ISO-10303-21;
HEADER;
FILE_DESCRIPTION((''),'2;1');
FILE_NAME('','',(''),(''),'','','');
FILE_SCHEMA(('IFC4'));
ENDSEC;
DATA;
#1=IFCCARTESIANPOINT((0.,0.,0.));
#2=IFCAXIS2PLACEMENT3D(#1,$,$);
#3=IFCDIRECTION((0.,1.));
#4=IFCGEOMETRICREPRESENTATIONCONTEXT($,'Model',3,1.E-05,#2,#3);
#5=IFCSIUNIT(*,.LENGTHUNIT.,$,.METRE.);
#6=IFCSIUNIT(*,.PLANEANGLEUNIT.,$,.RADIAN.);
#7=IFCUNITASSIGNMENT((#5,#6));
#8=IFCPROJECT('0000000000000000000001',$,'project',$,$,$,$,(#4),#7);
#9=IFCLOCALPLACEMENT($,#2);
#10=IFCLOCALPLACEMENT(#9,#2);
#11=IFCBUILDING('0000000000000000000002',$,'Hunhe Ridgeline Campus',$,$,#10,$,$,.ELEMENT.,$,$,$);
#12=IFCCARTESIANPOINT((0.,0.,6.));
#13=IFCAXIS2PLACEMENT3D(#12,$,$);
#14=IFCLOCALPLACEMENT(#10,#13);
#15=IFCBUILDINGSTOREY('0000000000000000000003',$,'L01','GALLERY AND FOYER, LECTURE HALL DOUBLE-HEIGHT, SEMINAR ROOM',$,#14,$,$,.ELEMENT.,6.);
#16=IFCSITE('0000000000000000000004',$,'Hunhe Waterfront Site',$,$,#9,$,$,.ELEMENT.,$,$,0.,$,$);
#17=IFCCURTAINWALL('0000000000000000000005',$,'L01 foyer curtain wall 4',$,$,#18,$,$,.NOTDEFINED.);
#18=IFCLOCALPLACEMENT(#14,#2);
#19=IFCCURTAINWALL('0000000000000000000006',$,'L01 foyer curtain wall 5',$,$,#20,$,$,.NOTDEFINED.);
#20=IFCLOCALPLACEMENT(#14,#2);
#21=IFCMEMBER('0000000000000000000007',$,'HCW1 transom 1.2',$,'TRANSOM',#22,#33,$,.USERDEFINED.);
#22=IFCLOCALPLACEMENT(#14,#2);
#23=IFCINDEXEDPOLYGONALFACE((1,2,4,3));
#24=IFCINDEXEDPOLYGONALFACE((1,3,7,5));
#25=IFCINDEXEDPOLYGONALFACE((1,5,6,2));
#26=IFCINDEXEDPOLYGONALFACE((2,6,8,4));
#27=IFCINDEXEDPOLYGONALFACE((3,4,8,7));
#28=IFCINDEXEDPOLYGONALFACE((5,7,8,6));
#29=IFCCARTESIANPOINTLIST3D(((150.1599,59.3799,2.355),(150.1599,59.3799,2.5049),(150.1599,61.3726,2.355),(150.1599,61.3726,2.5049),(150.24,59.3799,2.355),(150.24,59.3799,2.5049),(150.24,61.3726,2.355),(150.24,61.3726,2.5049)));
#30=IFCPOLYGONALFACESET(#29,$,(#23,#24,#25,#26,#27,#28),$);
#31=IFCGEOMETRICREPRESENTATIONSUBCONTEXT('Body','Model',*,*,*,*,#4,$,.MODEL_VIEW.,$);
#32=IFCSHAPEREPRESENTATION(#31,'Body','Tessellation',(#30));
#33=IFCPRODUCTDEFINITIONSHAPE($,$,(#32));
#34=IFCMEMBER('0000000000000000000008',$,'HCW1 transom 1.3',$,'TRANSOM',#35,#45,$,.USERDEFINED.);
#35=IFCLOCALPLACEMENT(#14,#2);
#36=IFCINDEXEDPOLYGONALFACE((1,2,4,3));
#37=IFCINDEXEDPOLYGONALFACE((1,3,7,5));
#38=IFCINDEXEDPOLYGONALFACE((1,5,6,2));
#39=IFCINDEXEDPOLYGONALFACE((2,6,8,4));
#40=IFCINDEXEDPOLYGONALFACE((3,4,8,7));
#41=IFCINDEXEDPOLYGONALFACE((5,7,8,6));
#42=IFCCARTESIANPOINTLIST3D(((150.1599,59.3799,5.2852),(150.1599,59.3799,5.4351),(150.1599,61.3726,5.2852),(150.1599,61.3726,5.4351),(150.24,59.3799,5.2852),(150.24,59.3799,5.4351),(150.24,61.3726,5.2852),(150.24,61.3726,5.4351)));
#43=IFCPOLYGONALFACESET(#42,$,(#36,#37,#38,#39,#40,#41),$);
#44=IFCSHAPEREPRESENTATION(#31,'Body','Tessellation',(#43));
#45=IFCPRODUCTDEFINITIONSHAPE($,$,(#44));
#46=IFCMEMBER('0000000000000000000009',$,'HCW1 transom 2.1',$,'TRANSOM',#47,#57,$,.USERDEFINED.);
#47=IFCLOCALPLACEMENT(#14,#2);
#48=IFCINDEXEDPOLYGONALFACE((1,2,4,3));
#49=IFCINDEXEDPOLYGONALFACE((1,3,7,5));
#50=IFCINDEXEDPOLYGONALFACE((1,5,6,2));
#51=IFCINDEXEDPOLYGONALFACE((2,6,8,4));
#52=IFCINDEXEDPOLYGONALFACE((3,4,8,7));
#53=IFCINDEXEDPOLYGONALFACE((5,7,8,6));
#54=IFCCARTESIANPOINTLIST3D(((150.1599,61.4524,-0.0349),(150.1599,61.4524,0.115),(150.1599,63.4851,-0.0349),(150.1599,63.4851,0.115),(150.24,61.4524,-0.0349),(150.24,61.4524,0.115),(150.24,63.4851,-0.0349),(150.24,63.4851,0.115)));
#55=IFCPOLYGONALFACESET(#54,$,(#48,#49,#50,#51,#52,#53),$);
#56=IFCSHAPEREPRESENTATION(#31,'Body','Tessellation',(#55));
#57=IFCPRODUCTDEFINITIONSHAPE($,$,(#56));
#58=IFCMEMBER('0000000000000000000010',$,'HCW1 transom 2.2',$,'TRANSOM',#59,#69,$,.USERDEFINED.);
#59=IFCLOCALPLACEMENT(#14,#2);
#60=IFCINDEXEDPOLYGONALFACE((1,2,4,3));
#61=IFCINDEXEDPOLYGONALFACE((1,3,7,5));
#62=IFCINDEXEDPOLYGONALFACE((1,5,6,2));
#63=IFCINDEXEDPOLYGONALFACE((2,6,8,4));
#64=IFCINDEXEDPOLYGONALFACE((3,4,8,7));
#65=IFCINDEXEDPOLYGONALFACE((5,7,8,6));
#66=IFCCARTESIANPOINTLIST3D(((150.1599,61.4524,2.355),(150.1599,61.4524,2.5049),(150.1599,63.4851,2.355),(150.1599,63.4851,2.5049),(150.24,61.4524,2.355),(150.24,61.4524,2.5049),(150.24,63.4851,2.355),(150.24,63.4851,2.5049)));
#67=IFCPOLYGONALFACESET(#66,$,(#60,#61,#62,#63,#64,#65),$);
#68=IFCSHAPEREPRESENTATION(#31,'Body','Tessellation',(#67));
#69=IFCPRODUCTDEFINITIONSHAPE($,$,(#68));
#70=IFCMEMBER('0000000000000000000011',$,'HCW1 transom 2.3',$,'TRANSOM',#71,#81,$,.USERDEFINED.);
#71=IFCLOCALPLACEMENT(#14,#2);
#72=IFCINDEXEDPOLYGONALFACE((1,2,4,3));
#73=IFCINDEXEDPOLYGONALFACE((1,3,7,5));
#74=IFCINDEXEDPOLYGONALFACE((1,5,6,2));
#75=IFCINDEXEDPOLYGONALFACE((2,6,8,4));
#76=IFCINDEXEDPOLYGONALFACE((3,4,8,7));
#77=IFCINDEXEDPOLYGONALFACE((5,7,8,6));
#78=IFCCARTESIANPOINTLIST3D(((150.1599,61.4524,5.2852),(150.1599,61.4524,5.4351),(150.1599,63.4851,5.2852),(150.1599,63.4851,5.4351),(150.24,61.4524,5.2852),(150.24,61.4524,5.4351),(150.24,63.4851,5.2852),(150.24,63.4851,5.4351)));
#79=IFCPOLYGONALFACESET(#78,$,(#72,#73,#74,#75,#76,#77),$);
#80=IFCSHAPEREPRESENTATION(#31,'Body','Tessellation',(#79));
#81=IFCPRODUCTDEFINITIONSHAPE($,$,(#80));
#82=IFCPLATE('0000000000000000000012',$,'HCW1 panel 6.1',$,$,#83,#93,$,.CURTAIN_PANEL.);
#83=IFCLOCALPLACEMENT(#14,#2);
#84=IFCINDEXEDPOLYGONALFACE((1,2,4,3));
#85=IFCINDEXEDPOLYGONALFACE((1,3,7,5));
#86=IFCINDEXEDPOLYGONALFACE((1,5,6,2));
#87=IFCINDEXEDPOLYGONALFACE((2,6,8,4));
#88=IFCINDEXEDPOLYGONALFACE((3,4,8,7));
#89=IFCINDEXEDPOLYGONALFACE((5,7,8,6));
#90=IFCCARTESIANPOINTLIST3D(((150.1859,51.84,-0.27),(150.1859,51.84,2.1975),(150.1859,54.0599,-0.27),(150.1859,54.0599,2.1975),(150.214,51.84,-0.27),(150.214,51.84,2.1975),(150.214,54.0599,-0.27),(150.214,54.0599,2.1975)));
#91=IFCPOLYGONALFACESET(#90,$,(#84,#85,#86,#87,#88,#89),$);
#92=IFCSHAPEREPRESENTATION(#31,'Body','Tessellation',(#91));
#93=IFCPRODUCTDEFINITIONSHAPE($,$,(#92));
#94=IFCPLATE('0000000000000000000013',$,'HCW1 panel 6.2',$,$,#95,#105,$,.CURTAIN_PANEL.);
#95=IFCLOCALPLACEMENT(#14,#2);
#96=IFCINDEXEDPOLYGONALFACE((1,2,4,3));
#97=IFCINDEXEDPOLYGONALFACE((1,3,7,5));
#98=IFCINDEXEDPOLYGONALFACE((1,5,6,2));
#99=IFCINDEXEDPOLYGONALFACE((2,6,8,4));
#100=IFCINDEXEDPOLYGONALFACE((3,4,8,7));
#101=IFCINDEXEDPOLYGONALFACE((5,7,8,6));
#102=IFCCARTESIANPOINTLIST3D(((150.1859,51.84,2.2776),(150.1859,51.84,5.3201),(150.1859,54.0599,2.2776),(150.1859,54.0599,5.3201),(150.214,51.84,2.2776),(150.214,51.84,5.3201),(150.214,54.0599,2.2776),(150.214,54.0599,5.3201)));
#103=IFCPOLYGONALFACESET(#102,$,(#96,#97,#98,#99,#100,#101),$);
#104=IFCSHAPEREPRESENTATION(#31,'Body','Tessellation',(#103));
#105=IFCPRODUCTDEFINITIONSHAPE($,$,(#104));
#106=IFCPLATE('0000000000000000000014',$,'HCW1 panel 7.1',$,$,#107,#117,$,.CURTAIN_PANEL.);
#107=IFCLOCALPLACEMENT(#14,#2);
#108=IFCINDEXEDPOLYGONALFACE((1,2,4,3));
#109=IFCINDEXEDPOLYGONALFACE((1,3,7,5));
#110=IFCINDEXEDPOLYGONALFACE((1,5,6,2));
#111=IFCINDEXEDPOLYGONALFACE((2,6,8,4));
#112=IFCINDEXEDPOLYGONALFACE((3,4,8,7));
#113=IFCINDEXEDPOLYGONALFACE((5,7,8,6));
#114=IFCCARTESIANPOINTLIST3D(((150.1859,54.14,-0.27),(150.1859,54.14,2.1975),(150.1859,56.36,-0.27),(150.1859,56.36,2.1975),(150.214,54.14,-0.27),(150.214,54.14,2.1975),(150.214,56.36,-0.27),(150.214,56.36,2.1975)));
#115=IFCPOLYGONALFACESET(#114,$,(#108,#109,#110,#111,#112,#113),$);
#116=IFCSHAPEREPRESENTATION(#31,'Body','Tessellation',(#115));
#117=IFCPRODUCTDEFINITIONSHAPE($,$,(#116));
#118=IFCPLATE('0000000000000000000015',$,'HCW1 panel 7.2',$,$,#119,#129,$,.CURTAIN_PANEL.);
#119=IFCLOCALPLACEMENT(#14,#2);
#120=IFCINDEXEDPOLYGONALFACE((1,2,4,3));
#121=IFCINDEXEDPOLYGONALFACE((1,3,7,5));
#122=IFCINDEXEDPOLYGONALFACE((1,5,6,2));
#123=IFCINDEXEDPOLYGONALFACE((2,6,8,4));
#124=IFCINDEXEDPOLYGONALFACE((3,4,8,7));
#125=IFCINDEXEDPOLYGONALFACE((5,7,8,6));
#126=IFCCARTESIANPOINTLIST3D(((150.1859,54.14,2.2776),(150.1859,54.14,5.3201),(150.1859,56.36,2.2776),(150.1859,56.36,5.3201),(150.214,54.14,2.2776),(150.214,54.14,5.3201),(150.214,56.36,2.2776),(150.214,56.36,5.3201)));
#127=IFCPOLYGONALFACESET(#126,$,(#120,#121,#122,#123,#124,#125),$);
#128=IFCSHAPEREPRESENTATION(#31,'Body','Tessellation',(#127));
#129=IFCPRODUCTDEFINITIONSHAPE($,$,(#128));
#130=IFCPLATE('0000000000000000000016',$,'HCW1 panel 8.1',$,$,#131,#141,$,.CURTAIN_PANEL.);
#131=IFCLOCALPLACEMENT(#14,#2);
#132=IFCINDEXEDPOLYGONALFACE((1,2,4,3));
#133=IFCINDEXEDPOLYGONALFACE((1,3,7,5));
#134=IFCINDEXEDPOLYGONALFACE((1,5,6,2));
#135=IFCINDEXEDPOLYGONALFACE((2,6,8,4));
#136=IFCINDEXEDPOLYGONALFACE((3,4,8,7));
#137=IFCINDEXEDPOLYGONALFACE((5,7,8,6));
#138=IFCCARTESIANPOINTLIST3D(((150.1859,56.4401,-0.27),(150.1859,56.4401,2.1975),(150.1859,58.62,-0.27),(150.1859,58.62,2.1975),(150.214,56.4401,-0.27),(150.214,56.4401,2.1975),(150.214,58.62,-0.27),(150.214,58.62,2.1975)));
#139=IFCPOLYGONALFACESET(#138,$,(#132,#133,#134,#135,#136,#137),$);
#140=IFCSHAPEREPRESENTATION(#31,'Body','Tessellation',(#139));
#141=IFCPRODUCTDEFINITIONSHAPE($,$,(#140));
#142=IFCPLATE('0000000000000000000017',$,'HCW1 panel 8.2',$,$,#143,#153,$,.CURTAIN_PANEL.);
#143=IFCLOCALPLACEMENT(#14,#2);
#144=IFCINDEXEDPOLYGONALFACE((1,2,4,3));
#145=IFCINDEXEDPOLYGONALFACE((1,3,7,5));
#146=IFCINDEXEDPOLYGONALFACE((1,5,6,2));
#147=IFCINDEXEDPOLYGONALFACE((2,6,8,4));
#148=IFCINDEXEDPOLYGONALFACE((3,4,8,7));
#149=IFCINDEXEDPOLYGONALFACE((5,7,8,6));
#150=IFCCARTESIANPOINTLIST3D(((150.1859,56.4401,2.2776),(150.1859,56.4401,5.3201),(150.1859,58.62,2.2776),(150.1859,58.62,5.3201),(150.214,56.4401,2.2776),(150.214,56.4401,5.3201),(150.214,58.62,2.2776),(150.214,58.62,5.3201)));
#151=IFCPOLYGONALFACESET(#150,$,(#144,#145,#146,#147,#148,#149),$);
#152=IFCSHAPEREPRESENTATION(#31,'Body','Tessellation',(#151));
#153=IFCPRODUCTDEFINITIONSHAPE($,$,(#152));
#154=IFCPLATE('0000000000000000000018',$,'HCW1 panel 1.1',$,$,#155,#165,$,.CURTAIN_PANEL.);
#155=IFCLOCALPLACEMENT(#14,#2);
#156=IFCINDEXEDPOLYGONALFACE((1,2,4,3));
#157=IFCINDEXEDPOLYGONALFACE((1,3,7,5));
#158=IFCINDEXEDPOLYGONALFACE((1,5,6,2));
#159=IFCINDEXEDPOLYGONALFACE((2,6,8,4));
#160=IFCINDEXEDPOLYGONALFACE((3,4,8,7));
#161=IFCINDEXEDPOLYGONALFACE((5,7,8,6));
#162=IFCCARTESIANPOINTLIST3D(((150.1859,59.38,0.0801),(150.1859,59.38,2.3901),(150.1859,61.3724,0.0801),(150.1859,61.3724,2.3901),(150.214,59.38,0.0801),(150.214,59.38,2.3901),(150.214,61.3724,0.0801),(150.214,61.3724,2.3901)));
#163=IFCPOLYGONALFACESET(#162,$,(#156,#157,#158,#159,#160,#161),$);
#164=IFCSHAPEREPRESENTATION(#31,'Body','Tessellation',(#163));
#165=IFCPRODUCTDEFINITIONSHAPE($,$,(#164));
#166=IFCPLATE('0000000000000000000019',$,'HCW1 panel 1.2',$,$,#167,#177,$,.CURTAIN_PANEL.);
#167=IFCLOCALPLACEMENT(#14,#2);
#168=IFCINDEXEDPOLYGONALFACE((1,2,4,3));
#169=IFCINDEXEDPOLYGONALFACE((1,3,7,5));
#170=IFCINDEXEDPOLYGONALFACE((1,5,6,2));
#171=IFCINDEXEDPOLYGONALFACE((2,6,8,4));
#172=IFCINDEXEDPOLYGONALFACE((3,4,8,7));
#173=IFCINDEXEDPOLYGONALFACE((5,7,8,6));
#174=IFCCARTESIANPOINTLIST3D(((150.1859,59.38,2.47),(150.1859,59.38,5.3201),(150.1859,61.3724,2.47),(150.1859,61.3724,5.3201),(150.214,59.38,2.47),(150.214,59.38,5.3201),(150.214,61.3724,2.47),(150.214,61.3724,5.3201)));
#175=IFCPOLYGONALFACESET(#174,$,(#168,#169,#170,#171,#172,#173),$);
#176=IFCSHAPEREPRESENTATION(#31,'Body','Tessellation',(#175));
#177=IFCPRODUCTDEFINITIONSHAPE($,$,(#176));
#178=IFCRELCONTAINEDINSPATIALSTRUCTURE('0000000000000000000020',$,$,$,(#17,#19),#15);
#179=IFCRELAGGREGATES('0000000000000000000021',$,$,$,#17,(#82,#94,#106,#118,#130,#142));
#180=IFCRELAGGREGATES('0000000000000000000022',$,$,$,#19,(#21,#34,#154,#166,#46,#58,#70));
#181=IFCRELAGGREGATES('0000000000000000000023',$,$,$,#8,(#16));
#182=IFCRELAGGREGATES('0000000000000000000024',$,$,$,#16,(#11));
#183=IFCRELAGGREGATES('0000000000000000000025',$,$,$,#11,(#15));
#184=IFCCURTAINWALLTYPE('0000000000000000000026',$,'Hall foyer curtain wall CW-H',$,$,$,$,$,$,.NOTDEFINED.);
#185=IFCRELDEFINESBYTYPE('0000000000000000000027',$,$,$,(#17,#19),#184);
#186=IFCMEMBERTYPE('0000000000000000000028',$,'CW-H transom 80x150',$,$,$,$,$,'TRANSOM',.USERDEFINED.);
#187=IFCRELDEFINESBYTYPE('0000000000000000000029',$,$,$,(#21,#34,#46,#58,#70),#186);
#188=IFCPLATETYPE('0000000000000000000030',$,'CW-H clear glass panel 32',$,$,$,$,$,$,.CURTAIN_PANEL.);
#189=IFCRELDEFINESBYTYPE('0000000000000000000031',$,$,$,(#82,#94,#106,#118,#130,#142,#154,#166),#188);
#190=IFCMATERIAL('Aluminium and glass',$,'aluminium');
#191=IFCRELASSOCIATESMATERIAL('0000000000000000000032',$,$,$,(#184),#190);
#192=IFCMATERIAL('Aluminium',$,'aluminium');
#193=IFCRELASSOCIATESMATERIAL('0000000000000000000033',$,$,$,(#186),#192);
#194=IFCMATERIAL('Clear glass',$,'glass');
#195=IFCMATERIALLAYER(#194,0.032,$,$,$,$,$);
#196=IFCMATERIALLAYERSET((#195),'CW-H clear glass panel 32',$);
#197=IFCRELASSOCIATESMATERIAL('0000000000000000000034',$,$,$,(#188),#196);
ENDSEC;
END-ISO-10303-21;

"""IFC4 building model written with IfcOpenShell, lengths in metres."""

from ifc_helpers import new_model, si_unit, direction, frame, origin, origin_2d, place, context, subcontext, project, spatial, rectangle, extrude, material, layer, layer_set, material_profile, profile_set, type_object, element, aggregate, save


model = new_model("IFC4")

# Units and contexts
model_context = context("Model", 3, precision=1e-05, world=origin(), true_north=direction((0.0, 1.0)))
body_context = subcontext(model_context, "Body", "Model", "MODEL_VIEW")
ifc_project = project(units=[si_unit("LENGTHUNIT", "METRE"), si_unit("PLANEANGLEUNIT", "RADIAN")], contexts=[model_context])

# Site, building, storey
site_placement = place(None, origin())
site = spatial("IfcSite", under=ifc_project, at=site_placement, Name="Hunhe Waterfront Site", CompositionType="ELEMENT", RefElevation=0.0)
building_placement = place(site_placement, origin())
building = spatial("IfcBuilding", under=site, at=building_placement, Name="Hunhe Ridgeline Campus", CompositionType="ELEMENT")
storey_placement = place(building_placement, frame((0.0, 0.0, 6.0)))
storey = spatial("IfcBuildingStorey", under=building, at=storey_placement, Name="L01", Description="GALLERY AND FOYER, LECTURE HALL DOUBLE-HEIGHT, SEMINAR ROOM", CompositionType="ELEMENT", Elevation=6.0)

# Curtain walls
ifc_material_1 = material(Name="Aluminium and glass", Category="aluminium")
curtain_wall_type = type_object("IfcCurtainWallType", Name="Hall foyer curtain wall CW-H", PredefinedType="NOTDEFINED", material=ifc_material_1)
curtain_wall_1_placement = place(storey_placement, origin())
curtain_wall_1 = element("IfcCurtainWall", 1, at=curtain_wall_1_placement, inside=storey, type_object=curtain_wall_type, Name="L01 foyer curtain wall 4", PredefinedType="NOTDEFINED")
ifc_material_2 = material(Name="Aluminium", Category="aluminium")
curtain_wall_2_placement = place(storey_placement, origin())
curtain_wall_2 = element("IfcCurtainWall", 2, at=curtain_wall_2_placement, inside=storey, type_object=curtain_wall_type, Name="L01 foyer curtain wall 5", PredefinedType="NOTDEFINED")

# Members
ifc_material_profile_1 = material_profile(ifc_material_2, rectangle(XDim=0.0801, YDim=0.1499, at=origin_2d()))
ifc_profile_set_1 = profile_set([ifc_material_profile_1], Name="Aluminium")
member_type_1 = type_object("IfcMemberType", Name="CW-H transom 80x150", ElementType="TRANSOM", PredefinedType="USERDEFINED", material=ifc_profile_set_1)
member_1_placement = place(storey_placement, frame((150.2, 59.3799, 2.4299), z_axis=(0.0, 1.0, 0.0), x_axis=(-1.0, 0.0, 0.0)))
member_1 = element("IfcMember", 3, at=member_1_placement, type_object=member_type_1, Name="HCW1 transom 1.2", ObjectType="TRANSOM", PredefinedType="USERDEFINED", context=body_context, shape_type="SweptSolid", body=[
    extrude(rectangle(XDim=0.0801, YDim=0.1499, at=origin_2d()), origin(), (0.0, 0.0, 1.0), 1.9927),
])
member_2_placement = place(storey_placement, frame((150.2, 59.3799, 5.3601), z_axis=(0.0, 1.0, 0.0), x_axis=(-1.0, 0.0, 0.0)))
member_2 = element("IfcMember", 4, at=member_2_placement, type_object=member_type_1, Name="HCW1 transom 1.3", ObjectType="TRANSOM", PredefinedType="USERDEFINED", context=body_context, shape_type="SweptSolid", body=[
    extrude(rectangle(XDim=0.0801, YDim=0.1499, at=origin_2d()), origin(), (0.0, 0.0, 1.0), 1.9927),
])
member_3_placement = place(storey_placement, frame((150.2, 61.4524, 0.04), z_axis=(0.0, 1.0, 0.0), x_axis=(-1.0, 0.0, 0.0)))
member_3 = element("IfcMember", 5, at=member_3_placement, type_object=member_type_1, Name="HCW1 transom 2.1", ObjectType="TRANSOM", PredefinedType="USERDEFINED", context=body_context, shape_type="SweptSolid", body=[
    extrude(rectangle(XDim=0.0801, YDim=0.1499, at=origin_2d()), origin(), (0.0, 0.0, 1.0), 2.0327),
])
member_4_placement = place(storey_placement, frame((150.2, 61.4524, 2.4299), z_axis=(0.0, 1.0, 0.0), x_axis=(-1.0, 0.0, 0.0)))
member_4 = element("IfcMember", 6, at=member_4_placement, type_object=member_type_1, Name="HCW1 transom 2.2", ObjectType="TRANSOM", PredefinedType="USERDEFINED", context=body_context, shape_type="SweptSolid", body=[
    extrude(rectangle(XDim=0.0801, YDim=0.1499, at=origin_2d()), origin(), (0.0, 0.0, 1.0), 2.0327),
])
member_5_placement = place(storey_placement, frame((150.2, 61.4524, 5.3601), z_axis=(0.0, 1.0, 0.0), x_axis=(-1.0, 0.0, 0.0)))
member_5 = element("IfcMember", 7, at=member_5_placement, type_object=member_type_1, Name="HCW1 transom 2.3", ObjectType="TRANSOM", PredefinedType="USERDEFINED", context=body_context, shape_type="SweptSolid", body=[
    extrude(rectangle(XDim=0.0801, YDim=0.1499, at=origin_2d()), origin(), (0.0, 0.0, 1.0), 2.0327),
])

# Plates
ifc_material_3 = material(Name="Clear glass", Category="glass")
ifc_layer = layer(ifc_material_3, 0.032)
ifc_layer_set = layer_set([ifc_layer], Name="CW-H clear glass panel 32")
plate_type = type_object("IfcPlateType", Name="CW-H clear glass panel 32", PredefinedType="CURTAIN_PANEL", material=ifc_layer_set)
plate_1_placement = place(storey_placement, frame((150.2, 52.95, -0.27), z_axis=(0.0, 0.0, 1.0), x_axis=(0.0, 1.0, 0.0)))
plate_1 = element("IfcPlate", 8, at=plate_1_placement, type_object=plate_type, Name="HCW1 panel 6.1", PredefinedType="CURTAIN_PANEL", context=body_context, shape_type="SweptSolid", body=[
    extrude(rectangle(XDim=2.22, YDim=0.0281, at=origin_2d()), origin(), (0.0, 0.0, 1.0), 2.4675),
])
plate_2_placement = place(storey_placement, frame((150.2, 52.95, 2.2776), z_axis=(0.0, 0.0, 1.0), x_axis=(0.0, 1.0, 0.0)))
plate_2 = element("IfcPlate", 9, at=plate_2_placement, type_object=plate_type, Name="HCW1 panel 6.2", PredefinedType="CURTAIN_PANEL", context=body_context, shape_type="SweptSolid", body=[
    extrude(rectangle(XDim=2.22, YDim=0.0281, at=origin_2d()), origin(), (0.0, 0.0, 1.0), 3.0425),
])
plate_3_placement = place(storey_placement, frame((150.2, 55.25, -0.27), z_axis=(0.0, 0.0, 1.0), x_axis=(0.0, 1.0, 0.0)))
plate_3 = element("IfcPlate", 10, at=plate_3_placement, type_object=plate_type, Name="HCW1 panel 7.1", PredefinedType="CURTAIN_PANEL", context=body_context, shape_type="SweptSolid", body=[
    extrude(rectangle(XDim=2.22, YDim=0.0281, at=origin_2d()), origin(), (0.0, 0.0, 1.0), 2.4675),
])
plate_4_placement = place(storey_placement, frame((150.2, 55.25, 2.2776), z_axis=(0.0, 0.0, 1.0), x_axis=(0.0, 1.0, 0.0)))
plate_4 = element("IfcPlate", 11, at=plate_4_placement, type_object=plate_type, Name="HCW1 panel 7.2", PredefinedType="CURTAIN_PANEL", context=body_context, shape_type="SweptSolid", body=[
    extrude(rectangle(XDim=2.22, YDim=0.0281, at=origin_2d()), origin(), (0.0, 0.0, 1.0), 3.0425),
])
plate_5_placement = place(storey_placement, frame((150.2, 57.53, -0.27), z_axis=(0.0, 0.0, 1.0), x_axis=(0.0, 1.0, 0.0)))
plate_5 = element("IfcPlate", 12, at=plate_5_placement, type_object=plate_type, Name="HCW1 panel 8.1", PredefinedType="CURTAIN_PANEL", context=body_context, shape_type="SweptSolid", body=[
    extrude(rectangle(XDim=2.1799, YDim=0.0281, at=origin_2d()), origin(), (0.0, 0.0, 1.0), 2.4675),
])
plate_6_placement = place(storey_placement, frame((150.2, 57.53, 2.2776), z_axis=(0.0, 0.0, 1.0), x_axis=(0.0, 1.0, 0.0)))
plate_6 = element("IfcPlate", 13, at=plate_6_placement, type_object=plate_type, Name="HCW1 panel 8.2", PredefinedType="CURTAIN_PANEL", context=body_context, shape_type="SweptSolid", body=[
    extrude(rectangle(XDim=2.1799, YDim=0.0281, at=origin_2d()), origin(), (0.0, 0.0, 1.0), 3.0425),
])
aggregate(curtain_wall_1, [plate_1, plate_2, plate_3, plate_4, plate_5, plate_6])
plate_7_placement = place(storey_placement, frame((150.2, 60.3762, 0.0801), z_axis=(0.0, 0.0, 1.0), x_axis=(0.0, 1.0, 0.0)))
plate_7 = element("IfcPlate", 14, at=plate_7_placement, type_object=plate_type, Name="HCW1 panel 1.1", PredefinedType="CURTAIN_PANEL", context=body_context, shape_type="SweptSolid", body=[
    extrude(rectangle(XDim=1.9924, YDim=0.0281, at=origin_2d()), origin(), (0.0, 0.0, 1.0), 2.3101),
])
plate_8_placement = place(storey_placement, frame((150.2, 60.3762, 2.47), z_axis=(0.0, 0.0, 1.0), x_axis=(0.0, 1.0, 0.0)))
plate_8 = element("IfcPlate", 15, at=plate_8_placement, type_object=plate_type, Name="HCW1 panel 1.2", PredefinedType="CURTAIN_PANEL", context=body_context, shape_type="SweptSolid", body=[
    extrude(rectangle(XDim=1.9924, YDim=0.0281, at=origin_2d()), origin(), (0.0, 0.0, 1.0), 2.8501),
])
aggregate(curtain_wall_2, [member_1, member_2, plate_7, plate_8, member_3, member_4, member_5])

save(model, "model.ifc")
